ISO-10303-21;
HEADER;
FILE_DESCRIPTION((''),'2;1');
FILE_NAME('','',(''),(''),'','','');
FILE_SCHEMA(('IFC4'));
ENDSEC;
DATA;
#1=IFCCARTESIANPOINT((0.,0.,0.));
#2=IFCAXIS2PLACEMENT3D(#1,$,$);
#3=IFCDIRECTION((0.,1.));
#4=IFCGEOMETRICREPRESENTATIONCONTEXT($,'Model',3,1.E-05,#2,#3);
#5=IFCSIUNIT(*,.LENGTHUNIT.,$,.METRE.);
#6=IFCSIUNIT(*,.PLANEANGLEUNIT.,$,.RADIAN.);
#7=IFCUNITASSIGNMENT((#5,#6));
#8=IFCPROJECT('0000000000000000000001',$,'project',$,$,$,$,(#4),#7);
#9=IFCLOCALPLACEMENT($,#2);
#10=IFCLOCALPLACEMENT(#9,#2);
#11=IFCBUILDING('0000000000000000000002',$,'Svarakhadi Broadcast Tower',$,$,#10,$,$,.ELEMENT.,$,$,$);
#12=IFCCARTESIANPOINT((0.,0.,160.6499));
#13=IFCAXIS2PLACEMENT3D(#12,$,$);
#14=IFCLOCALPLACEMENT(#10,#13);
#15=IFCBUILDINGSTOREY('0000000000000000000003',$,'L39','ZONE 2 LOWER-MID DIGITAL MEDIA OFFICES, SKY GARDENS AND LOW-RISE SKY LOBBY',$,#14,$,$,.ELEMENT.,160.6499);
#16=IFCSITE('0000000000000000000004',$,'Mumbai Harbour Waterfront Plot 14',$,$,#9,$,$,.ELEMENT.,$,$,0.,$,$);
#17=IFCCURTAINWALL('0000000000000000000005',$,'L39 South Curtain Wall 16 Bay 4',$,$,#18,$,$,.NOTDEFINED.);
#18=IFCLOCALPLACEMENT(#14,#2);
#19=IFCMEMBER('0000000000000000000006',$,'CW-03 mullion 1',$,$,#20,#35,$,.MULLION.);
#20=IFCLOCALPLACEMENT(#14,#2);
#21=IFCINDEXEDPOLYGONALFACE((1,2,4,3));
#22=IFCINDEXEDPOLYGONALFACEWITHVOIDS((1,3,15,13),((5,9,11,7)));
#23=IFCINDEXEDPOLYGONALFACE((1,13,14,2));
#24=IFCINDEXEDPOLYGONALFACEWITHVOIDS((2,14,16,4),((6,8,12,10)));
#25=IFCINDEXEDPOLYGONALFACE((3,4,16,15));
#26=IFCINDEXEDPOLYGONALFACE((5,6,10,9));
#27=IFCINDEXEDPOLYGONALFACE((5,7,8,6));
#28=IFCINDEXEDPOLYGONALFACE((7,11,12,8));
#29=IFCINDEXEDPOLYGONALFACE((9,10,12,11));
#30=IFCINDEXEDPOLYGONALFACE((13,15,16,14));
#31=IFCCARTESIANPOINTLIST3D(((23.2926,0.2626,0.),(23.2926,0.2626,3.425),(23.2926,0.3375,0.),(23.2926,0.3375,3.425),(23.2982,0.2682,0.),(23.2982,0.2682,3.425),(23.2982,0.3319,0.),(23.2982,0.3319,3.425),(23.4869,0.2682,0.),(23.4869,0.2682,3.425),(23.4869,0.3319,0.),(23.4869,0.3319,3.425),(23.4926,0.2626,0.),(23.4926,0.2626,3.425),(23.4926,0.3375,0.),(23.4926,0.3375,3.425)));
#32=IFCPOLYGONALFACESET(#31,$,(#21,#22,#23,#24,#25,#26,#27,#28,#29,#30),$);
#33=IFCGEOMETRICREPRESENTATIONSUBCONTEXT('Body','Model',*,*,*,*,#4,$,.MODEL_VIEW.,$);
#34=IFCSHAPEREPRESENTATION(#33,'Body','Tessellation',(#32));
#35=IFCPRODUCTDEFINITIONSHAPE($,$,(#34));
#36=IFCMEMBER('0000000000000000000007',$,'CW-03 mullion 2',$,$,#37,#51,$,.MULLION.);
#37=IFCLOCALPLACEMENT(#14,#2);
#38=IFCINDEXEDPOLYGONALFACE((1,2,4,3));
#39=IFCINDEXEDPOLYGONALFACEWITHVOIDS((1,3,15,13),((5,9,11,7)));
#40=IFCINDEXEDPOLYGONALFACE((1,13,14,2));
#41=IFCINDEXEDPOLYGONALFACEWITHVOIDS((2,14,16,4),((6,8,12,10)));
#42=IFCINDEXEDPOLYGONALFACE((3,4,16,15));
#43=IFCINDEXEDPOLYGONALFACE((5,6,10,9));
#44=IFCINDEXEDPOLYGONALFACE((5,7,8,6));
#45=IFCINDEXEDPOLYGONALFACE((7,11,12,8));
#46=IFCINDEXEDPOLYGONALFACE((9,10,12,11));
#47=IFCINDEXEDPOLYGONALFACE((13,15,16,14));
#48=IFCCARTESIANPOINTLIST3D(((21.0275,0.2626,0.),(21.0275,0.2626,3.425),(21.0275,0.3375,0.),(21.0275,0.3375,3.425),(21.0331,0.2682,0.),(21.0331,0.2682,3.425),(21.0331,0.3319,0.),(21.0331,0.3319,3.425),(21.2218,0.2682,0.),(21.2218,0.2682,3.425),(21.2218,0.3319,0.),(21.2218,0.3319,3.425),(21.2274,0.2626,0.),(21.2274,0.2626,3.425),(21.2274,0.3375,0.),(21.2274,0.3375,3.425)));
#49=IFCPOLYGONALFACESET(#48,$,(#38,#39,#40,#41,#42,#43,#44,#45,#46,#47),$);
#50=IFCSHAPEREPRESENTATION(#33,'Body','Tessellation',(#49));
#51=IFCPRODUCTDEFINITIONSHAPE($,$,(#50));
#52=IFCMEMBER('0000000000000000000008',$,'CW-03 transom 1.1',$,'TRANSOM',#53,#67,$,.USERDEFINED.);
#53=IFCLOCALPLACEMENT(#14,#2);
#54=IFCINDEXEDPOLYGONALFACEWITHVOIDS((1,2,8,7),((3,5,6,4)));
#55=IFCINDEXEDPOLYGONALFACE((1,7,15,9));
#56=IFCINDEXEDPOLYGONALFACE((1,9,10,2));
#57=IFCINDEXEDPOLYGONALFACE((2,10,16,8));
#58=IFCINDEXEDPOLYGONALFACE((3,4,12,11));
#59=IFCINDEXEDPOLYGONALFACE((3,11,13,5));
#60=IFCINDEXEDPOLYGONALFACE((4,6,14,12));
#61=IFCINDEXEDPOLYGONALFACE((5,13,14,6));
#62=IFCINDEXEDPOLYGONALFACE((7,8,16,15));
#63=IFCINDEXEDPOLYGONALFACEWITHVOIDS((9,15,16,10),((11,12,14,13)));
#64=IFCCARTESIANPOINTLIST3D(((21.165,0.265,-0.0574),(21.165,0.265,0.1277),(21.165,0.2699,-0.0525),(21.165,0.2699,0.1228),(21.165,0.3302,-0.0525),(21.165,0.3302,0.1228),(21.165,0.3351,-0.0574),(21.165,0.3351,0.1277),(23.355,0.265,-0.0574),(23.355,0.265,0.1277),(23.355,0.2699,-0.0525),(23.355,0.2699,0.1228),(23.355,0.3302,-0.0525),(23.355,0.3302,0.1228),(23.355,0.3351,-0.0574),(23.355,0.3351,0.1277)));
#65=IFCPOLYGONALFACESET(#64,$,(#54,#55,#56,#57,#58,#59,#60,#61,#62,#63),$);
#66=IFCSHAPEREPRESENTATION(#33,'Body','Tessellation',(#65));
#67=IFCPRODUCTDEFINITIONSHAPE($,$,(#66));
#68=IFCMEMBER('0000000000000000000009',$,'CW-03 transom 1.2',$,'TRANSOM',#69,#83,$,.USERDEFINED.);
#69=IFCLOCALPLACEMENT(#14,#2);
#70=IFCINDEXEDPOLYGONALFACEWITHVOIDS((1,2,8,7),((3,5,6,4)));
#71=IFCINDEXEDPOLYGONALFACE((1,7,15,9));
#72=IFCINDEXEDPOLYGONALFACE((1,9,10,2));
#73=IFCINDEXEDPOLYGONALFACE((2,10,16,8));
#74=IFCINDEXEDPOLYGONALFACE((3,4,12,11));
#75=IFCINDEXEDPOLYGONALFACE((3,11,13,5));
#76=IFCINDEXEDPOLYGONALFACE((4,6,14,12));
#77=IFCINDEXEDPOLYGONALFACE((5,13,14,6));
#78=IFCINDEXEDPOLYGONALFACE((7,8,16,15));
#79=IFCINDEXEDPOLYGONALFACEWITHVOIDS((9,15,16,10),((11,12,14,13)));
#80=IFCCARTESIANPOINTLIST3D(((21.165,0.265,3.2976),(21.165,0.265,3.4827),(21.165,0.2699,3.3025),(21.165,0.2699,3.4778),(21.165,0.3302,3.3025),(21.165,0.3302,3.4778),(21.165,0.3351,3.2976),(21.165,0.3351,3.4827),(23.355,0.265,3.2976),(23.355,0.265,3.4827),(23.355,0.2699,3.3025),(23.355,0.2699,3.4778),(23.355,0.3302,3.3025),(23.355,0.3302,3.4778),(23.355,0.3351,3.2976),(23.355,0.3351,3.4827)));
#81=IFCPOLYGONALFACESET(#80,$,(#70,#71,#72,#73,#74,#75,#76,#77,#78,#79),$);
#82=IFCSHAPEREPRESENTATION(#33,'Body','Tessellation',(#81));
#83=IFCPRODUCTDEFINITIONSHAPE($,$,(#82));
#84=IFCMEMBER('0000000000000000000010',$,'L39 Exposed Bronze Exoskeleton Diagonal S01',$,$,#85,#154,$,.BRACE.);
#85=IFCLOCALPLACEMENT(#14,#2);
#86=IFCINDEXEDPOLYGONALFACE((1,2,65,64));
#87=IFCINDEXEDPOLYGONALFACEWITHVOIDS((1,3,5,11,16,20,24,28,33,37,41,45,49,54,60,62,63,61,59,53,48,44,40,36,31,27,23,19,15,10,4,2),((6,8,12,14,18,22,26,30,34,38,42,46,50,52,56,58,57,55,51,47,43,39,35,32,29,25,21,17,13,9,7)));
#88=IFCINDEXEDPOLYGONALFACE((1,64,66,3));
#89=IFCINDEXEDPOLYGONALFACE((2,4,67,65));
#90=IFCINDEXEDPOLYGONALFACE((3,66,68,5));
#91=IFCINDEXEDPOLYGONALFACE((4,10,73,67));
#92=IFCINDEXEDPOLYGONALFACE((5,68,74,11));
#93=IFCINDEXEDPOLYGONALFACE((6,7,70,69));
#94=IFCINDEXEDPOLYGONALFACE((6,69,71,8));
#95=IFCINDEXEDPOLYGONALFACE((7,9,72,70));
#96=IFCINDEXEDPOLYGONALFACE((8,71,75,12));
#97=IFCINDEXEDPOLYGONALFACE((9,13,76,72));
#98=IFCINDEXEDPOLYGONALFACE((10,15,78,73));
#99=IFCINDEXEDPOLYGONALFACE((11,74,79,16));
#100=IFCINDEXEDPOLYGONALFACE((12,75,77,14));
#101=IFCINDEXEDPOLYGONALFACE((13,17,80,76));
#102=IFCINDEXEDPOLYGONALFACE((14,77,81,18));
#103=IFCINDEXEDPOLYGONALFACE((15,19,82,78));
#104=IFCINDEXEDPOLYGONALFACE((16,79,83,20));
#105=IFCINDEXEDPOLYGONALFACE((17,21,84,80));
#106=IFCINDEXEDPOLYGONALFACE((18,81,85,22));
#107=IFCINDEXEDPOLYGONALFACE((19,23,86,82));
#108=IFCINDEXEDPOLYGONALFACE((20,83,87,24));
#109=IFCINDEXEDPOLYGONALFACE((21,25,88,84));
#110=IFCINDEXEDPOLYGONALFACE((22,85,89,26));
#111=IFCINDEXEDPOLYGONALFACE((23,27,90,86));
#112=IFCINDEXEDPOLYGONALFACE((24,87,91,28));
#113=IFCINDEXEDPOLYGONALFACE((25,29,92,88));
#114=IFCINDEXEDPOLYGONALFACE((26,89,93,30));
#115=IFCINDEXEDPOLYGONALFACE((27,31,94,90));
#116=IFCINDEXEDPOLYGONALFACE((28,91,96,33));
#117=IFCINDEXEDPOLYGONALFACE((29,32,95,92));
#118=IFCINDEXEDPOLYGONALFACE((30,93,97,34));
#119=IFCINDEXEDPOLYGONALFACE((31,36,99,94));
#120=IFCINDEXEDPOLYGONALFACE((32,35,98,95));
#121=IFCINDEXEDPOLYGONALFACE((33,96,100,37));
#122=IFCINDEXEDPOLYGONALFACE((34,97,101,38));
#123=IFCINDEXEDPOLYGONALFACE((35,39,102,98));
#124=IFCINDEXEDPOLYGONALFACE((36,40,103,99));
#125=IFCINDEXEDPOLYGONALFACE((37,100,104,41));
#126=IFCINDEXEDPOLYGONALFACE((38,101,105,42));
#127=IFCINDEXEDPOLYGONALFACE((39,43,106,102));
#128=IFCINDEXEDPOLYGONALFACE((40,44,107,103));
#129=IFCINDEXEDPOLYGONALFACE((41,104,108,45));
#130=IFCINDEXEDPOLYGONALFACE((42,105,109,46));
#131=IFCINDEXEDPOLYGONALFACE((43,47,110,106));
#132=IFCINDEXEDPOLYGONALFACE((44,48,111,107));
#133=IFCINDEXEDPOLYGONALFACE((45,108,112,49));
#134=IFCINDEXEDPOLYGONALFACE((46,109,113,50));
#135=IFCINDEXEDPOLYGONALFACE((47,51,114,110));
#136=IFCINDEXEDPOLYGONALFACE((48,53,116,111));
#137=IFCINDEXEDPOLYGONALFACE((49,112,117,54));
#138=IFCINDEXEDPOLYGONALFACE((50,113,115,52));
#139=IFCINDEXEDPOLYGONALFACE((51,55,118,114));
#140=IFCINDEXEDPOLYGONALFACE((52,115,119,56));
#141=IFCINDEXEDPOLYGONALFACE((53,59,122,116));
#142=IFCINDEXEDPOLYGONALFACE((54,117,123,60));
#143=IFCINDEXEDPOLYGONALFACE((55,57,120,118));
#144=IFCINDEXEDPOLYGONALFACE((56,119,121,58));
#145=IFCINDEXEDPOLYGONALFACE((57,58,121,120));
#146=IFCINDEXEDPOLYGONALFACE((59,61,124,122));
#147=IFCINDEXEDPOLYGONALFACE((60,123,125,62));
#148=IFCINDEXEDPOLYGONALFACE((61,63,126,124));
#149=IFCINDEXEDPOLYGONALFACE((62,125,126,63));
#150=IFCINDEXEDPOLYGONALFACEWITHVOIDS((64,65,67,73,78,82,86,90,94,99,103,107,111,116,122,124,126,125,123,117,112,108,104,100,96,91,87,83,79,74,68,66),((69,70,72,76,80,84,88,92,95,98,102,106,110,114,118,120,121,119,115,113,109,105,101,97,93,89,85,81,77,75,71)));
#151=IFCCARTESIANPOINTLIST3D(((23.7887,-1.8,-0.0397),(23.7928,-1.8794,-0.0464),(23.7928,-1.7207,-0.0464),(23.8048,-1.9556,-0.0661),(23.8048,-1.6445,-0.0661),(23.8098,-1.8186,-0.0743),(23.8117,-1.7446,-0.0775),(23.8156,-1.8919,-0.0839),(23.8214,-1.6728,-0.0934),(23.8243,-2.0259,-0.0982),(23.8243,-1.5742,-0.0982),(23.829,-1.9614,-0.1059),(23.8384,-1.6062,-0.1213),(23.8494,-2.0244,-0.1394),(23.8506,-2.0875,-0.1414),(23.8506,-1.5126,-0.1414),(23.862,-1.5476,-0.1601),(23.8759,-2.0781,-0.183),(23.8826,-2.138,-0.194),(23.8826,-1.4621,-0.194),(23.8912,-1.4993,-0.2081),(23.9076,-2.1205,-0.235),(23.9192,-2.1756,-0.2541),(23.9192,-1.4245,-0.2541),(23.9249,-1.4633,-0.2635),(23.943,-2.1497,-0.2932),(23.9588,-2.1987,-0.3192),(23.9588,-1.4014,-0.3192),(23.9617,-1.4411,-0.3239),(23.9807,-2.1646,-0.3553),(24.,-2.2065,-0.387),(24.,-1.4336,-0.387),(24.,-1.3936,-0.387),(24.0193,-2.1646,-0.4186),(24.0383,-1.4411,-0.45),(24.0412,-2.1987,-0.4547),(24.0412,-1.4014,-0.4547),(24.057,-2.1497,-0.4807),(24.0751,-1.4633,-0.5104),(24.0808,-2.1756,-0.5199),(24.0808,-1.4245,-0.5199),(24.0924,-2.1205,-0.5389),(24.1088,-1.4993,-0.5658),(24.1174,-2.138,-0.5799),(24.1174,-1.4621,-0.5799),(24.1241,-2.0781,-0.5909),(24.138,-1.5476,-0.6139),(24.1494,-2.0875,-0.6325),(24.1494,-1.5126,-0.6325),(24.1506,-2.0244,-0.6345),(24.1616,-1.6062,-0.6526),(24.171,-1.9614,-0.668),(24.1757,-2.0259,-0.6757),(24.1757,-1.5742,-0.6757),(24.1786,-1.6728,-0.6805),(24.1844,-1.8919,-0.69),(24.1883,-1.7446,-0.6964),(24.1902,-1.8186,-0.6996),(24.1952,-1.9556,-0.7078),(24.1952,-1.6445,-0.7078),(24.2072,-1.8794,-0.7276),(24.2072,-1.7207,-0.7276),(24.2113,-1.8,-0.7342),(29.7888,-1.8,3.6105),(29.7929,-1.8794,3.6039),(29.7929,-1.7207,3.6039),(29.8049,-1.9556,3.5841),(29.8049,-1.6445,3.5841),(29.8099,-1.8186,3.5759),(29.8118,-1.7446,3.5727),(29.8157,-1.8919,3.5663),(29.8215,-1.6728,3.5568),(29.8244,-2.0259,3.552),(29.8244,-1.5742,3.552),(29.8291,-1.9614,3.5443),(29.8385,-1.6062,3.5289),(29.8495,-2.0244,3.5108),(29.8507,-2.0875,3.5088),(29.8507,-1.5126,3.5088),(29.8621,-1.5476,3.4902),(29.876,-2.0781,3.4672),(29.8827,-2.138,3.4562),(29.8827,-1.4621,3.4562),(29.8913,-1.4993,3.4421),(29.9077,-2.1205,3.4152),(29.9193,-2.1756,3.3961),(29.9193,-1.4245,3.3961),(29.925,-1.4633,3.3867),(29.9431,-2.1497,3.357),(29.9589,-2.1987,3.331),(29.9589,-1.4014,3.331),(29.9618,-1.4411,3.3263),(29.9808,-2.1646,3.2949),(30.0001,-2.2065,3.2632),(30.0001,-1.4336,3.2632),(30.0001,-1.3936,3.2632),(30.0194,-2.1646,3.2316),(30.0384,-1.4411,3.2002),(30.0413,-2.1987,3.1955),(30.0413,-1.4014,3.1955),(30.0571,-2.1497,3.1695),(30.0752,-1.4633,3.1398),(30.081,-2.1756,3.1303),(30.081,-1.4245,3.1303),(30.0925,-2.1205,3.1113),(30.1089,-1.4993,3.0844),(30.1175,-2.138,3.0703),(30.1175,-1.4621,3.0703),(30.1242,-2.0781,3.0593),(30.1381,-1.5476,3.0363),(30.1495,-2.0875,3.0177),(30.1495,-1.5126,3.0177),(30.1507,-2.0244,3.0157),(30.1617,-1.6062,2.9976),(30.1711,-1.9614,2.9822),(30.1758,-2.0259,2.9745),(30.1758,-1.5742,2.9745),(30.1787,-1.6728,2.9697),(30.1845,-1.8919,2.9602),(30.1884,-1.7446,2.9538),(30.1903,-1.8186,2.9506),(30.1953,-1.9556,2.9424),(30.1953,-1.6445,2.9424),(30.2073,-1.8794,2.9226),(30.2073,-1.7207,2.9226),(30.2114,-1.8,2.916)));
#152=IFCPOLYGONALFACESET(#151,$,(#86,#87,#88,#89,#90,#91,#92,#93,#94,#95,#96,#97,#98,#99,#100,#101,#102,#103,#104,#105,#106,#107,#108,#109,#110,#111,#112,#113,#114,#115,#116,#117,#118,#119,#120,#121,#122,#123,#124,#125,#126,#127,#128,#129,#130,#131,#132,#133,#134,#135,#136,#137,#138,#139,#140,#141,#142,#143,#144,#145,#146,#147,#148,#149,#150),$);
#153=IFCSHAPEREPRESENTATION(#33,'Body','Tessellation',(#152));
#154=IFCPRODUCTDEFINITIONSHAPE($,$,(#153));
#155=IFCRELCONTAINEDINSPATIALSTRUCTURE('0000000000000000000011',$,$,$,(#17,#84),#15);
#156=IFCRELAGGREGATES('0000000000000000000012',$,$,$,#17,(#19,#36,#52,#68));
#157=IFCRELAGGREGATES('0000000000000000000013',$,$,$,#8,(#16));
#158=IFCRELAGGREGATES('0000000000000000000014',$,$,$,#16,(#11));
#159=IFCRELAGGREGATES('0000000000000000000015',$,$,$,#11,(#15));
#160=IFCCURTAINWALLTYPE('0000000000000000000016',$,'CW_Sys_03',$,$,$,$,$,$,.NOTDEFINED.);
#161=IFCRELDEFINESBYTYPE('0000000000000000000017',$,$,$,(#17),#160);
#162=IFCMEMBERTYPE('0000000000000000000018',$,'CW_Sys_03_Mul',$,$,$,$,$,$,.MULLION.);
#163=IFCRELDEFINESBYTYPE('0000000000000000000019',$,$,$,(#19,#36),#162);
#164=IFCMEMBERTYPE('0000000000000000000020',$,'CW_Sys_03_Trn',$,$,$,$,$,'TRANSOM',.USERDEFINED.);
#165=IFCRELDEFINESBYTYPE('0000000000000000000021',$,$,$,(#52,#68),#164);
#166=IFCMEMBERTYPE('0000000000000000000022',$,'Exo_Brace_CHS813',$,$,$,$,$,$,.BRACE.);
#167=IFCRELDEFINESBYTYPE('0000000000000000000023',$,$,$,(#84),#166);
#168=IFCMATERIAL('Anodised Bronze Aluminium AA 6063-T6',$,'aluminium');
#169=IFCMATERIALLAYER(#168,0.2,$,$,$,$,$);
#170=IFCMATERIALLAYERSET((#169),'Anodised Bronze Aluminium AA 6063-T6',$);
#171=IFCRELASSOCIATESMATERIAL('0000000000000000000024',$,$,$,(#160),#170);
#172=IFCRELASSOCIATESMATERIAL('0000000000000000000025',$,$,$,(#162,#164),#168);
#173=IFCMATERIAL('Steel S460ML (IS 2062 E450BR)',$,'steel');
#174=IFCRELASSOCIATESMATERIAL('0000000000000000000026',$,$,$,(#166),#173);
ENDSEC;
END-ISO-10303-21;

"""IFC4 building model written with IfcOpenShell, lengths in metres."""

from ifc_helpers import new_model, si_unit, direction, frame, origin, origin_2d, place, context, subcontext, project, spatial, hollow_rectangle, hollow_circle, extrude, material, layer, layer_set, material_profile, profile_set, type_object, element, aggregate, save


model = new_model("IFC4")

# Units and contexts
model_context = context("Model", 3, precision=1e-05, world=origin(), true_north=direction((0.0, 1.0)))
body_context = subcontext(model_context, "Body", "Model", "MODEL_VIEW")
ifc_project = project(units=[si_unit("LENGTHUNIT", "METRE"), si_unit("PLANEANGLEUNIT", "RADIAN")], contexts=[model_context])

# Site, building, storey
site_placement = place(None, origin())
site = spatial("IfcSite", under=ifc_project, at=site_placement, Name="Mumbai Harbour Waterfront Plot 14", CompositionType="ELEMENT", RefElevation=0.0)
building_placement = place(site_placement, origin())
building = spatial("IfcBuilding", under=site, at=building_placement, Name="Svarakhadi Broadcast Tower", CompositionType="ELEMENT")
storey_placement = place(building_placement, frame((0.0, 0.0, 160.6499)))
storey = spatial("IfcBuildingStorey", under=building, at=storey_placement, Name="L39", Description="ZONE 2 LOWER-MID DIGITAL MEDIA OFFICES, SKY GARDENS AND LOW-RISE SKY LOBBY", CompositionType="ELEMENT", Elevation=160.6499)

# Curtain wall, members
ifc_material_1 = material(Name="Anodised Bronze Aluminium AA 6063-T6", Category="aluminium")
ifc_layer_1 = layer(ifc_material_1, 0.2)
ifc_layer_set_1 = layer_set([ifc_layer_1], Name="Anodised Bronze Aluminium AA 6063-T6")
curtain_wall_type = type_object("IfcCurtainWallType", Name="CW_Sys_03", PredefinedType="NOTDEFINED", material=ifc_layer_set_1)
curtain_wall_placement = place(storey_placement, origin())
curtain_wall = element("IfcCurtainWall", 1, at=curtain_wall_placement, inside=storey, type_object=curtain_wall_type, Name="L39 South Curtain Wall 16 Bay 4", PredefinedType="NOTDEFINED")
ifc_material_profile_1 = material_profile(ifc_material_1, hollow_rectangle(XDim=0.075, YDim=0.2, WallThickness=0.0056, at=origin_2d()), Name="ALU MULLION 200x75x6")
ifc_profile_set_1 = profile_set([ifc_material_profile_1], Name="Anodised Bronze Aluminium AA 6063-T6")
member_type_1 = type_object("IfcMemberType", Name="CW_Sys_03_Mul", PredefinedType="MULLION", material=ifc_profile_set_1)
member_1_placement = place(storey_placement, frame((23.3926, 0.3, 0.0), z_axis=(0.0, 0.0, 1.0), x_axis=(0.0, -1.0, 0.0)))
member_1 = element("IfcMember", 2, at=member_1_placement, type_object=member_type_1, Name="CW-03 mullion 1", PredefinedType="MULLION", context=body_context, shape_type="SweptSolid", body=[
    extrude(hollow_rectangle(XDim=0.075, YDim=0.2, WallThickness=0.0056, at=origin_2d()), origin(), (0.0, 0.0, 1.0), 3.425),
])
member_2_placement = place(storey_placement, frame((21.1274, 0.3, 0.0), z_axis=(0.0, 0.0, 1.0), x_axis=(0.0, -1.0, 0.0)))
member_2 = element("IfcMember", 3, at=member_2_placement, type_object=member_type_1, Name="CW-03 mullion 2", PredefinedType="MULLION", context=body_context, shape_type="SweptSolid", body=[
    extrude(hollow_rectangle(XDim=0.075, YDim=0.2, WallThickness=0.0056, at=origin_2d()), origin(), (0.0, 0.0, 1.0), 3.425),
])
ifc_material_profile_2 = material_profile(ifc_material_1, hollow_rectangle(XDim=0.0701, YDim=0.1851, WallThickness=0.0049, at=origin_2d()), Name="ALU TRANSOM 185x70x5")
ifc_profile_set_2 = profile_set([ifc_material_profile_2], Name="Anodised Bronze Aluminium AA 6063-T6")
member_type_2 = type_object("IfcMemberType", Name="CW_Sys_03_Trn", ElementType="TRANSOM", PredefinedType="USERDEFINED", material=ifc_profile_set_2)
member_3_placement = place(storey_placement, frame((23.355, 0.3, 0.0352), z_axis=(-1.0, 0.0, 0.0), x_axis=(0.0, -1.0, 0.0)))
member_3 = element("IfcMember", 4, at=member_3_placement, type_object=member_type_2, Name="CW-03 transom 1.1", ObjectType="TRANSOM", PredefinedType="USERDEFINED", context=body_context, shape_type="SweptSolid", body=[
    extrude(hollow_rectangle(XDim=0.0701, YDim=0.1851, WallThickness=0.0049, at=origin_2d()), origin(), (0.0, 0.0, 1.0), 2.1899),
])
member_4_placement = place(storey_placement, frame((23.355, 0.3, 3.3901), z_axis=(-1.0, 0.0, 0.0), x_axis=(0.0, -1.0, 0.0)))
member_4 = element("IfcMember", 5, at=member_4_placement, type_object=member_type_2, Name="CW-03 transom 1.2", ObjectType="TRANSOM", PredefinedType="USERDEFINED", context=body_context, shape_type="SweptSolid", body=[
    extrude(hollow_rectangle(XDim=0.0701, YDim=0.1851, WallThickness=0.0049, at=origin_2d()), origin(), (0.0, 0.0, 1.0), 2.1899),
])

# Member
ifc_material_2 = material(Name="Steel S460ML (IS 2062 E450BR)", Category="steel")
ifc_material_profile_3 = material_profile(ifc_material_2, hollow_circle(Radius=0.4065, WallThickness=0.04, at=origin_2d()), Name="CHS 813x40")
ifc_profile_set_3 = profile_set([ifc_material_profile_3], Name="Steel S460ML (IS 2062 E450BR)")
member_type_3 = type_object("IfcMemberType", Name="Exo_Brace_CHS813", PredefinedType="BRACE", material=ifc_profile_set_3)
member_5_placement = place(storey_placement, frame((24.0, -1.8, -0.387), z_axis=(0.854327, 0.0, 0.519736), x_axis=(0.0, 1.0, 0.0)))
element("IfcMember", 6, at=member_5_placement, inside=storey, type_object=member_type_3, Name="L39 Exposed Bronze Exoskeleton Diagonal S01", PredefinedType="BRACE", context=body_context, shape_type="SweptSolid", body=[
    extrude(hollow_circle(Radius=0.4065, WallThickness=0.04, at=origin_2d()), origin(), (0.0, 0.0, 1.0), 7.0232),
])

aggregate(curtain_wall, [member_1, member_2, member_3, member_4])

save(model, "model.ifc")
